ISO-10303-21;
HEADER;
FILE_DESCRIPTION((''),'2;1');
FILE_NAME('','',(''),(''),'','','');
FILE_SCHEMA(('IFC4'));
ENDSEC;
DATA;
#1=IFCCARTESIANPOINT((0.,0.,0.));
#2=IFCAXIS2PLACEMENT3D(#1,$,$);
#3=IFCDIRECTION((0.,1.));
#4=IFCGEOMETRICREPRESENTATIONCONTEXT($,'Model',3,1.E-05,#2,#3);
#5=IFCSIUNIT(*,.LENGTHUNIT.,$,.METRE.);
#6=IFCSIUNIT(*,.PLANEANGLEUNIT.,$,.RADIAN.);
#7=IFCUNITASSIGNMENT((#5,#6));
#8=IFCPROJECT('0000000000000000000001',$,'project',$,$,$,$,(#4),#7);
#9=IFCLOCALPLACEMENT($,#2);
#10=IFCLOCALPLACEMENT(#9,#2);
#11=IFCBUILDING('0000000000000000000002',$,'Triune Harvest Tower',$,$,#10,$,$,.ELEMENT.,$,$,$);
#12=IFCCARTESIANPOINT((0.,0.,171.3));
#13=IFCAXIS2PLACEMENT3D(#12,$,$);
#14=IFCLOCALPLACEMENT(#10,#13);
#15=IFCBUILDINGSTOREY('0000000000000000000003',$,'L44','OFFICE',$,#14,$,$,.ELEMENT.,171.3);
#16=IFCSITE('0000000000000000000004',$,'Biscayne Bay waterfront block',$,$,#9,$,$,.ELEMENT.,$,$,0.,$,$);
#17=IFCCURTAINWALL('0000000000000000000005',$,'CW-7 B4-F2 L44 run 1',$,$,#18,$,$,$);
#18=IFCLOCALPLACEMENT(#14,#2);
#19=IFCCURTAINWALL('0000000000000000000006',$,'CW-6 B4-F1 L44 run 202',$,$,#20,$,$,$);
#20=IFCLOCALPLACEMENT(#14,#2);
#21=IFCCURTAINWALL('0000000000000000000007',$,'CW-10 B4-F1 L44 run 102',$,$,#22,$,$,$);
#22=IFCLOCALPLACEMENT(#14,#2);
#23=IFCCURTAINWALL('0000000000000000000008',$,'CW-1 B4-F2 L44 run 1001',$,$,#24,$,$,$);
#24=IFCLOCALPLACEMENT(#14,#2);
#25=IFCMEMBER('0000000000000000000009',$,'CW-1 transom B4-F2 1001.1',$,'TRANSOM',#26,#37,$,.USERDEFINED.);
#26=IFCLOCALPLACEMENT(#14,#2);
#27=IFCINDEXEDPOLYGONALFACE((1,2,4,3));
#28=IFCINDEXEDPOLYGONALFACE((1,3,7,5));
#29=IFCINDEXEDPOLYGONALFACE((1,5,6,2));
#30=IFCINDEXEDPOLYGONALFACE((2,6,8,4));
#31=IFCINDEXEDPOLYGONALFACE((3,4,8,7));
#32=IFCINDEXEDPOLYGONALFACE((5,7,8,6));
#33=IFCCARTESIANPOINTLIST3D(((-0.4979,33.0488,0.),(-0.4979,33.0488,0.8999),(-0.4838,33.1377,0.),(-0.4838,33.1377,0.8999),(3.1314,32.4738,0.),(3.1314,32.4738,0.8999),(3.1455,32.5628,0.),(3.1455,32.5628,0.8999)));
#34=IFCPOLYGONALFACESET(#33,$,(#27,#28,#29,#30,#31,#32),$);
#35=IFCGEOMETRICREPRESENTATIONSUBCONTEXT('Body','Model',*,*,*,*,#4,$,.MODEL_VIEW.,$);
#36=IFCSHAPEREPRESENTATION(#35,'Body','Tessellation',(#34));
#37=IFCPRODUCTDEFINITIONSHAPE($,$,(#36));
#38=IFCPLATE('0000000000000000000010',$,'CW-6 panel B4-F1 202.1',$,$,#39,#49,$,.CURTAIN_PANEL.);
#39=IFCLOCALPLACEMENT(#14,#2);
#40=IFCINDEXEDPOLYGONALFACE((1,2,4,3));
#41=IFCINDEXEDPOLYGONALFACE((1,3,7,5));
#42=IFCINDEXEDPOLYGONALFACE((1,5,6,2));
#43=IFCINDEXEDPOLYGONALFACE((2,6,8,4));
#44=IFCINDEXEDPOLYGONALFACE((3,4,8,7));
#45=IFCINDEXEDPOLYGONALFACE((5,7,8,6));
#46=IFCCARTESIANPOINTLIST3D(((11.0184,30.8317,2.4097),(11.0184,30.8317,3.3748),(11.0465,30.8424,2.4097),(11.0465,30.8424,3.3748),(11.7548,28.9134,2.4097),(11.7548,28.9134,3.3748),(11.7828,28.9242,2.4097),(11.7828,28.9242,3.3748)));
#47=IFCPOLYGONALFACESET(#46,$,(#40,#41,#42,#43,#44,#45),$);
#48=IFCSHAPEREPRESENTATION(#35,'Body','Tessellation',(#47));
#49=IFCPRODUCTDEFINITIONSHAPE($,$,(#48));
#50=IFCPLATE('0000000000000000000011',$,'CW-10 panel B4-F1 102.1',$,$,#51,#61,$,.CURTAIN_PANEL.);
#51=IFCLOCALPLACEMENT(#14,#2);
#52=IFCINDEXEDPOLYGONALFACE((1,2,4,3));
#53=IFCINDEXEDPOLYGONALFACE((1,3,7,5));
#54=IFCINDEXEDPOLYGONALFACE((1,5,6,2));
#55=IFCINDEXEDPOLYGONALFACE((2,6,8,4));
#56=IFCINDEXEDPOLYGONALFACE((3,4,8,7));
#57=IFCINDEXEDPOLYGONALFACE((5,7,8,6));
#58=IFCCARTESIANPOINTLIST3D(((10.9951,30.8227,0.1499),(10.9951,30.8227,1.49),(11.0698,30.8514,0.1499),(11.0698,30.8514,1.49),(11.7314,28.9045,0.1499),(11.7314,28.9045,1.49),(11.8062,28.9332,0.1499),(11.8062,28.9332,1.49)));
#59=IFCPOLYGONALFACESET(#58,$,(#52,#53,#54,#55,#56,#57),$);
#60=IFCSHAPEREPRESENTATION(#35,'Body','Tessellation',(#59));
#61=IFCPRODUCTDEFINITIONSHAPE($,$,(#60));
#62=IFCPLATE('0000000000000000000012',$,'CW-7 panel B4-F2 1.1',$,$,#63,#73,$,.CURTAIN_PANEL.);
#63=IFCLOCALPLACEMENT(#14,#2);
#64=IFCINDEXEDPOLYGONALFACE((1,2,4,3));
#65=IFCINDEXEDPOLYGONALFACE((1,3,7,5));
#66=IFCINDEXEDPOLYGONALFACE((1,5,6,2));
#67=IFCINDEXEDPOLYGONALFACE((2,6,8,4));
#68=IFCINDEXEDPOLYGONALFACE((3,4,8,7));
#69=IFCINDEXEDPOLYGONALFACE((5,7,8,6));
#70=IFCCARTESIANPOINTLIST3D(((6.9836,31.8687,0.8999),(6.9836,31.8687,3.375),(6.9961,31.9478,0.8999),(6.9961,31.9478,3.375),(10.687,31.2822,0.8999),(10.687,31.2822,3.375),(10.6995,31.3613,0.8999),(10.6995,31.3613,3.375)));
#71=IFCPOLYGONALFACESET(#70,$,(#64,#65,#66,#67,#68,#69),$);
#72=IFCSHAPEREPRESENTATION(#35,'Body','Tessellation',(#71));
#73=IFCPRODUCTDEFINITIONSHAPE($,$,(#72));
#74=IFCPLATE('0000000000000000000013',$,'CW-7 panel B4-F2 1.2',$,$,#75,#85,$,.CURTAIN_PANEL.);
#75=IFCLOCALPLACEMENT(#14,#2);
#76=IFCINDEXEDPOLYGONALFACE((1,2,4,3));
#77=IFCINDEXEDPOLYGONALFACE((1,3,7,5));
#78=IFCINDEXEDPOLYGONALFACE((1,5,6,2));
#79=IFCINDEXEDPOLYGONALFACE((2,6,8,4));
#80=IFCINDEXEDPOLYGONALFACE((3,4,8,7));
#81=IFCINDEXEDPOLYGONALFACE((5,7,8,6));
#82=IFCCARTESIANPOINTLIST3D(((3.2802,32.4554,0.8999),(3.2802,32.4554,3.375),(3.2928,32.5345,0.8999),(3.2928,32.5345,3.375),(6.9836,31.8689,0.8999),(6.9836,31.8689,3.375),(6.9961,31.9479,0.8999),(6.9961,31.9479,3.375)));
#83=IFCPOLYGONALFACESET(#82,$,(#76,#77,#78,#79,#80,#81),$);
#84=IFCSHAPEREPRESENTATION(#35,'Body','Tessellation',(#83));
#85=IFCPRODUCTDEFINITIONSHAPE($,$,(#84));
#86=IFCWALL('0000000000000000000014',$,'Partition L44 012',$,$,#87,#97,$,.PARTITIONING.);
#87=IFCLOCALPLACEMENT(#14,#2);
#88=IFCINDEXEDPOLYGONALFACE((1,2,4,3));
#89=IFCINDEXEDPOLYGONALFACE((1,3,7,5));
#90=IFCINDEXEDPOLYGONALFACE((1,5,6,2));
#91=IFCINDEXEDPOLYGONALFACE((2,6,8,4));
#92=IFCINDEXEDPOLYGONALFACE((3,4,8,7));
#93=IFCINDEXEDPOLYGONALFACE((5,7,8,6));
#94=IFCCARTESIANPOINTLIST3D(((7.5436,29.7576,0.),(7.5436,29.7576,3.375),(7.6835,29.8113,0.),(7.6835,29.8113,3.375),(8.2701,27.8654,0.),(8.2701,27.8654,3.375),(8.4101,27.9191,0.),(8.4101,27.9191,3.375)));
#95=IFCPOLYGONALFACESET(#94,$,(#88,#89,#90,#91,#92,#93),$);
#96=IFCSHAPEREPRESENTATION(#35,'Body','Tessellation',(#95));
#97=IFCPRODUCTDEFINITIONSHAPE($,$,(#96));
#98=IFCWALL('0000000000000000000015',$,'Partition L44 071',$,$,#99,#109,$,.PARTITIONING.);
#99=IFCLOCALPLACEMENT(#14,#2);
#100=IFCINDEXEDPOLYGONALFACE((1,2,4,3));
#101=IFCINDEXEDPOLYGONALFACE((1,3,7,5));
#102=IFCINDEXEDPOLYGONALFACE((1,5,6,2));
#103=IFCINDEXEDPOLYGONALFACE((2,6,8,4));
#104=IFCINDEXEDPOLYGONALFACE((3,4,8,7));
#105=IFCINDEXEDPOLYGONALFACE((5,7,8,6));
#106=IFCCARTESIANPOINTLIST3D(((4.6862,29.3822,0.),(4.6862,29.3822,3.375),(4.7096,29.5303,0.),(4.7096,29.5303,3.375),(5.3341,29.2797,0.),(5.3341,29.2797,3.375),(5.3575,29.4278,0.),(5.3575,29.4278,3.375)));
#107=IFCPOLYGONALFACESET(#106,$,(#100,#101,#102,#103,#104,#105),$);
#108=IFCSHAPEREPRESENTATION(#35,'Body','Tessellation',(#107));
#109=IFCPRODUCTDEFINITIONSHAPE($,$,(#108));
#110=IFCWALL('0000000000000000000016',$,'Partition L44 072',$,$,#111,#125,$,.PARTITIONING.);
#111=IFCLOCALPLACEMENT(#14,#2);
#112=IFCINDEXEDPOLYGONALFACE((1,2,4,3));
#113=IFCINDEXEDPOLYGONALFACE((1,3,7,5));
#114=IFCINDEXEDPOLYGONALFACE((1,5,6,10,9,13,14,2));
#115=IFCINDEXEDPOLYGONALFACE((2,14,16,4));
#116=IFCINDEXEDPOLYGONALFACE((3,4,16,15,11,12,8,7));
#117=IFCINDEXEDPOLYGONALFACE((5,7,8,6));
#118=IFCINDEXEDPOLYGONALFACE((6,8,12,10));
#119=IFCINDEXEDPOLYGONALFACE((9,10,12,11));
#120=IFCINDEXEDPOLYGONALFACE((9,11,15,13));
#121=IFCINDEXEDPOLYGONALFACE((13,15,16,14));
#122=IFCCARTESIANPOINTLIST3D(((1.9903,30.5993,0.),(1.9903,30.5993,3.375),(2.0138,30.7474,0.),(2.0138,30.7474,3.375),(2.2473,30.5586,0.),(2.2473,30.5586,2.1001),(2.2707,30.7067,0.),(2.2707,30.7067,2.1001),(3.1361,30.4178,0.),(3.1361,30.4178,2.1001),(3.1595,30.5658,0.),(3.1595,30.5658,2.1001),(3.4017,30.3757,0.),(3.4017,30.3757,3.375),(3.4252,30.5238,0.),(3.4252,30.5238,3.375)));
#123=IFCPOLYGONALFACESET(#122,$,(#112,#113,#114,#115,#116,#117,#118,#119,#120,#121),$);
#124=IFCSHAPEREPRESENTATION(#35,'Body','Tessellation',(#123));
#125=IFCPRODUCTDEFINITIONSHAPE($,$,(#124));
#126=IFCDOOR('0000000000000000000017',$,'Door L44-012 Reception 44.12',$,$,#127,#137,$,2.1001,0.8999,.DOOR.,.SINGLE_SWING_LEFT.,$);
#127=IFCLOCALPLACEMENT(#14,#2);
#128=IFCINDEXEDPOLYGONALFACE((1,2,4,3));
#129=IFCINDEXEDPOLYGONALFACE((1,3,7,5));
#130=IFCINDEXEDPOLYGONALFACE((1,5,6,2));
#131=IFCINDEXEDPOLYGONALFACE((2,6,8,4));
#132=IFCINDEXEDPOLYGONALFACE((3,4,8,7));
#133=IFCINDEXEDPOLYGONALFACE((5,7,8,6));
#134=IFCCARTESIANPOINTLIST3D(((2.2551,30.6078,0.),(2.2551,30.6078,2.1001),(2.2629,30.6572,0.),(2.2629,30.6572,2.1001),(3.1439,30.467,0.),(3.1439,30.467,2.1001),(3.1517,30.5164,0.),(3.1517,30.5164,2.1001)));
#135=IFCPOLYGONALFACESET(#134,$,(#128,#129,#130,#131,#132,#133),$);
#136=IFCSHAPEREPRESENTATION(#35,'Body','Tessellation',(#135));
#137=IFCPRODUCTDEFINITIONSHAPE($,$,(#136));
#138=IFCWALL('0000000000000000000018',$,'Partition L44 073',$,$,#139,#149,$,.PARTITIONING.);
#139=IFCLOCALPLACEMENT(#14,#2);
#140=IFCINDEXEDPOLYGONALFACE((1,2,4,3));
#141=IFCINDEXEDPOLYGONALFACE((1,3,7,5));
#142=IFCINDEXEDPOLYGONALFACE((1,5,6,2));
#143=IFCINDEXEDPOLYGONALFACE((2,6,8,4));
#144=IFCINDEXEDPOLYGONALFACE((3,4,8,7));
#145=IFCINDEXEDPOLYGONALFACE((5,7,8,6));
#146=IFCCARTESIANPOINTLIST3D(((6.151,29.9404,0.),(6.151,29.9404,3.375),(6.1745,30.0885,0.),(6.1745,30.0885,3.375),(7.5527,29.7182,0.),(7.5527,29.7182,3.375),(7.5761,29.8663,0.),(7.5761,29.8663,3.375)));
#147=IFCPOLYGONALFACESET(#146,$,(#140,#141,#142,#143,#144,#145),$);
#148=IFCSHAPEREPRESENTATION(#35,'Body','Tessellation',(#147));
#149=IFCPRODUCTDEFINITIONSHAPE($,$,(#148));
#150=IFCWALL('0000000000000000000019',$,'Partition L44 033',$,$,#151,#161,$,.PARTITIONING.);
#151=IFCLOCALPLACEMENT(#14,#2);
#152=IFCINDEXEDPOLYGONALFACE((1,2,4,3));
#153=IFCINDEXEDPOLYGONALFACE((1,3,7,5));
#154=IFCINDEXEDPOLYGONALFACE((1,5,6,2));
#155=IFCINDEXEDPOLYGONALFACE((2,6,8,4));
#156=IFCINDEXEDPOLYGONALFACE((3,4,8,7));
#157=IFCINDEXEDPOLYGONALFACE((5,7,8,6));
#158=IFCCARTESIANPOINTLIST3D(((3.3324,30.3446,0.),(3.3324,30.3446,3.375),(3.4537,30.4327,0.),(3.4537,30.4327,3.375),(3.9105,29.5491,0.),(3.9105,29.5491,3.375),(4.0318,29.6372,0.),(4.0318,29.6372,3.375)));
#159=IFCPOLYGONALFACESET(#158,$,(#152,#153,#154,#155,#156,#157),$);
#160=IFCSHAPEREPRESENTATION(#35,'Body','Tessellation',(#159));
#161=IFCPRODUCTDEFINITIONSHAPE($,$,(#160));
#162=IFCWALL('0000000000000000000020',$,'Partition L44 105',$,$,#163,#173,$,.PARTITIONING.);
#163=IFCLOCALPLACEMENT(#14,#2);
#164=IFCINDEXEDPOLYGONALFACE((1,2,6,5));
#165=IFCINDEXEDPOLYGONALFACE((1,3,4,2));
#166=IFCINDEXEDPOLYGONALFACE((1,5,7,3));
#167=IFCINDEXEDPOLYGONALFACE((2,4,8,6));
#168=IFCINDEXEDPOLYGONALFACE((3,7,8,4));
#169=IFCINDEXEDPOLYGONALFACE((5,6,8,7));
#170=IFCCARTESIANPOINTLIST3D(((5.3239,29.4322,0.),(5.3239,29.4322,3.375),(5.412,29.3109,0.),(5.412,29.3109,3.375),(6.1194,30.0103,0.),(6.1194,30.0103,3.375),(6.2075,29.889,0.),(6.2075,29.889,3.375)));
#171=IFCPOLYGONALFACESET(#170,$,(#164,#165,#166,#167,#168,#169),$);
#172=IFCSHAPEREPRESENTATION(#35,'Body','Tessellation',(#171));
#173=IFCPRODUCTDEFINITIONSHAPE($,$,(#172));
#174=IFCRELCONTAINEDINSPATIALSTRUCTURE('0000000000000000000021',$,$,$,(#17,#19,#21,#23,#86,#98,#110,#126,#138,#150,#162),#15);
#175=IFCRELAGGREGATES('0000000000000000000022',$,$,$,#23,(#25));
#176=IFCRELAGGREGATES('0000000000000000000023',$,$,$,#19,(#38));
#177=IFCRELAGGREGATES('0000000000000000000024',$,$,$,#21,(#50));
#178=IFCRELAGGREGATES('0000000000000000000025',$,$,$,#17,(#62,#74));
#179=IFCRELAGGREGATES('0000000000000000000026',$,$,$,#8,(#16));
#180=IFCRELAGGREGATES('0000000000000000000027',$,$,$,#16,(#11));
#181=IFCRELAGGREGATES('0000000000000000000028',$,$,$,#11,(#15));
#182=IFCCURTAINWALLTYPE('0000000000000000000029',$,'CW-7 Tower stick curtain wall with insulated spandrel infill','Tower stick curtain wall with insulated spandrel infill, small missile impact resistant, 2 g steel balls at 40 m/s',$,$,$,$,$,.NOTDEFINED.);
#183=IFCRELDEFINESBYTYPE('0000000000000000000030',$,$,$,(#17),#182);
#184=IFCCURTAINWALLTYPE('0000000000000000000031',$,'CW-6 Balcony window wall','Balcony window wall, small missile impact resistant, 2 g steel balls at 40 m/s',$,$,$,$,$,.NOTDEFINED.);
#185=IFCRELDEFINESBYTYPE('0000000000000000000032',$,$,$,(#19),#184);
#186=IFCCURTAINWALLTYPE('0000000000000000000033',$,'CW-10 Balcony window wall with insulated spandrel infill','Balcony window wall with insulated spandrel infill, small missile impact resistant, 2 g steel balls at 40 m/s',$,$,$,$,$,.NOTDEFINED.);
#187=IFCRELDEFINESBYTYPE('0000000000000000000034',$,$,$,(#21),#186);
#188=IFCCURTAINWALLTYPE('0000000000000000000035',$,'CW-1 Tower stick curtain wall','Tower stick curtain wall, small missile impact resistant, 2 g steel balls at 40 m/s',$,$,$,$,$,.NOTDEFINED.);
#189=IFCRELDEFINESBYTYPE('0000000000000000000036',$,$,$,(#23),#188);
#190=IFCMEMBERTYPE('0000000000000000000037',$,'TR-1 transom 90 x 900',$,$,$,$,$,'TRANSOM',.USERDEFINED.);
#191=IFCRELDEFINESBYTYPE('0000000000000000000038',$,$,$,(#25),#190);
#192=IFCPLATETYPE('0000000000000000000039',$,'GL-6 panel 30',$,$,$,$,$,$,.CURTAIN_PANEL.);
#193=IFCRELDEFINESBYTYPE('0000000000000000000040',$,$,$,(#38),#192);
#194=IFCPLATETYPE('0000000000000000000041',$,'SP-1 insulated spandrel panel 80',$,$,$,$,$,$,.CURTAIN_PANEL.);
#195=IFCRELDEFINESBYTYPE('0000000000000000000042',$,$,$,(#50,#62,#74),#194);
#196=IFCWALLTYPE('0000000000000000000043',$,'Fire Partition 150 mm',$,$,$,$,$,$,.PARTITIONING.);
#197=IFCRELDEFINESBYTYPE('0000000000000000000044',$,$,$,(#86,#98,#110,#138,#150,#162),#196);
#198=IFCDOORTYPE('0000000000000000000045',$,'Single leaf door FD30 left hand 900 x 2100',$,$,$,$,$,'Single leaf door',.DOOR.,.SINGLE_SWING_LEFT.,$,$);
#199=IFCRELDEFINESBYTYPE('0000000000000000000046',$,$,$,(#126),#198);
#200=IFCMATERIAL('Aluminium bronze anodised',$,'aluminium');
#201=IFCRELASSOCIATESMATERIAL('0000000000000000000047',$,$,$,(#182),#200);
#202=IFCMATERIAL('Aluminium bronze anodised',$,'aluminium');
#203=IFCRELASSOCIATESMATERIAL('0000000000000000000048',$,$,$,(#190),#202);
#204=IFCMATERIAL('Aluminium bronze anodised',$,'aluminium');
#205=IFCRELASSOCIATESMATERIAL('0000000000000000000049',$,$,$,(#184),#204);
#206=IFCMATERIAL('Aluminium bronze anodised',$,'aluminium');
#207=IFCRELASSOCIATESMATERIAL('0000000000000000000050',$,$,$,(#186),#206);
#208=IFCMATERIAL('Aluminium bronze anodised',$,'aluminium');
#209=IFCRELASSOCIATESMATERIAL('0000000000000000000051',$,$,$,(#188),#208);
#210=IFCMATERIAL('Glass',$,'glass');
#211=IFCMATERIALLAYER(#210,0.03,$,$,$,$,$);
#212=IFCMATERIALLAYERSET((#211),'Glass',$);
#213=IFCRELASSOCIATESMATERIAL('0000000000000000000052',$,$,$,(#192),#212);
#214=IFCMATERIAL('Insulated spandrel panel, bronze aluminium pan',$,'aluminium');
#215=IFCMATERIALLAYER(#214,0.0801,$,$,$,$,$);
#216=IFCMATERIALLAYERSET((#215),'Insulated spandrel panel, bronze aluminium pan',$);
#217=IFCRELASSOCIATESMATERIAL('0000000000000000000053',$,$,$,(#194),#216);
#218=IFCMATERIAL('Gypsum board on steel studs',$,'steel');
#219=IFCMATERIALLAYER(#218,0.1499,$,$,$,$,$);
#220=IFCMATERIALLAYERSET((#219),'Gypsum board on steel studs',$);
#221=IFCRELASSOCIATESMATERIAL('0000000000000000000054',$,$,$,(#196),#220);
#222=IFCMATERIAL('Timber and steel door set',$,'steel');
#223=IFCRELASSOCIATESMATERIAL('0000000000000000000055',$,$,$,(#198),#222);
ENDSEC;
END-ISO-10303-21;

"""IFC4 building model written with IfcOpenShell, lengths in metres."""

from ifc_helpers import new_model, si_unit, direction, frame, frame_2d, origin, origin_2d, place, context, subcontext, project, spatial, rectangle, extrude, source, transform, mapped, material, layer, layer_set, material_profile, profile_set, type_object, element, fill, aggregate, save


model = new_model("IFC4")

# Units and contexts
model_context = context("Model", 3, precision=1e-05, world=origin(), true_north=direction((0.0, 1.0)))
body_context = subcontext(model_context, "Body", "Model", "MODEL_VIEW")
ifc_project = project(units=[si_unit("LENGTHUNIT", "METRE"), si_unit("PLANEANGLEUNIT", "RADIAN")], contexts=[model_context])

# Site, building, storey
site_placement = place(None, origin())
site = spatial("IfcSite", under=ifc_project, at=site_placement, Name="Biscayne Bay waterfront block", CompositionType="ELEMENT", RefElevation=0.0)
building_placement = place(site_placement, origin())
building = spatial("IfcBuilding", under=site, at=building_placement, Name="Triune Harvest Tower", CompositionType="ELEMENT")
storey_placement = place(building_placement, frame((0.0, 0.0, 171.3)))
storey = spatial("IfcBuildingStorey", under=building, at=storey_placement, Name="L44", Description="OFFICE", CompositionType="ELEMENT", Elevation=171.3)

# Curtain wall
ifc_material_1 = material(Name="Aluminium bronze anodised", Category="aluminium")
curtain_wall_type_1 = type_object("IfcCurtainWallType", Name="CW-7 Tower stick curtain wall with insulated spandrel infill", Description="Tower stick curtain wall with insulated spandrel infill, small missile impact resistant, 2 g steel balls at 40 m/s", PredefinedType="NOTDEFINED", material=ifc_material_1)
curtain_wall_1_placement = place(storey_placement, origin())
curtain_wall_1 = element("IfcCurtainWall", 1, at=curtain_wall_1_placement, inside=storey, type_object=curtain_wall_type_1, Name="CW-7 B4-F2 L44 run 1")
ifc_material_2 = material(Name="Aluminium bronze anodised", Category="aluminium")
ifc_material_profile_1 = material_profile(ifc_material_2, rectangle(XDim=0.0901, YDim=0.8999, at=origin_2d()), Name="TR-1 transom 90 x 900")
ifc_profile_set_1 = profile_set([ifc_material_profile_1], Name="Aluminium bronze anodised")
member_type_1 = type_object("IfcMemberType", Name="TR-1 transom 90 x 900", ElementType="TRANSOM", PredefinedType="USERDEFINED", material=ifc_profile_set_1)

# Curtain walls
ifc_material_3 = material(Name="Aluminium bronze anodised", Category="aluminium")
curtain_wall_type_2 = type_object("IfcCurtainWallType", Name="CW-6 Balcony window wall", Description="Balcony window wall, small missile impact resistant, 2 g steel balls at 40 m/s", PredefinedType="NOTDEFINED", material=ifc_material_3)
curtain_wall_2_placement = place(storey_placement, origin())
curtain_wall_2 = element("IfcCurtainWall", 2, at=curtain_wall_2_placement, inside=storey, type_object=curtain_wall_type_2, Name="CW-6 B4-F1 L44 run 202")
ifc_material_4 = material(Name="Aluminium bronze anodised", Category="aluminium")
curtain_wall_type_3 = type_object("IfcCurtainWallType", Name="CW-10 Balcony window wall with insulated spandrel infill", Description="Balcony window wall with insulated spandrel infill, small missile impact resistant, 2 g steel balls at 40 m/s", PredefinedType="NOTDEFINED", material=ifc_material_4)
curtain_wall_3_placement = place(storey_placement, origin())
curtain_wall_3 = element("IfcCurtainWall", 3, at=curtain_wall_3_placement, inside=storey, type_object=curtain_wall_type_3, Name="CW-10 B4-F1 L44 run 102")

# Curtain wall, member
ifc_material_5 = material(Name="Aluminium bronze anodised", Category="aluminium")
curtain_wall_type_4 = type_object("IfcCurtainWallType", Name="CW-1 Tower stick curtain wall", Description="Tower stick curtain wall, small missile impact resistant, 2 g steel balls at 40 m/s", PredefinedType="NOTDEFINED", material=ifc_material_5)
curtain_wall_4_placement = place(storey_placement, origin())
curtain_wall_4 = element("IfcCurtainWall", 4, at=curtain_wall_4_placement, inside=storey, type_object=curtain_wall_type_4, Name="CW-1 B4-F2 L44 run 1001")
shared_shape_1 = source(origin(), body_context, "Body", "SweptSolid", [
    extrude(rectangle(XDim=0.0901, YDim=0.8999, at=origin_2d()), origin(), (0.0, 0.0, 1.0), 3.6746),
])
member_1_placement = place(storey_placement, frame((3.1384, 32.5183, 0.45), z_axis=(-0.987684, 0.156464, 0.0), x_axis=(-0.156464, -0.987684, 0.0)))
member_1 = element("IfcMember", 5, at=member_1_placement, type_object=member_type_1, Name="CW-1 transom B4-F2 1001.1", ObjectType="TRANSOM", PredefinedType="USERDEFINED", context=body_context, shape_type="MappedRepresentation", body=[
    mapped(shared_shape_1, transform((0.0, 0.0, 0.0), scale=1.0)),
])
aggregate(curtain_wall_4, [member_1])

# Plates
ifc_material_6 = material(Name="Glass", Category="glass")
ifc_layer_1 = layer(ifc_material_6, 0.03)
ifc_layer_set_1 = layer_set([ifc_layer_1], Name="Glass")
plate_type_1 = type_object("IfcPlateType", Name="GL-6 panel 30", PredefinedType="CURTAIN_PANEL", material=ifc_layer_set_1)
plate_1_placement = place(storey_placement, frame((11.4006, 29.8779, 2.4097), z_axis=(0.0, 0.0, 1.0), x_axis=(-0.35838, 0.933576, 0.0)))
plate_1 = element("IfcPlate", 6, at=plate_1_placement, type_object=plate_type_1, Name="CW-6 panel B4-F1 202.1", PredefinedType="CURTAIN_PANEL", context=body_context, shape_type="SweptSolid", body=[
    extrude(rectangle(XDim=2.0547, YDim=0.03, at=origin_2d()), origin(), (0.0, 0.0, 1.0), 0.9651),
])
aggregate(curtain_wall_2, [plate_1])
ifc_material_7 = material(Name="Insulated spandrel panel, bronze aluminium pan", Category="aluminium")
ifc_layer_2 = layer(ifc_material_7, 0.0801)
ifc_layer_set_2 = layer_set([ifc_layer_2], Name="Insulated spandrel panel, bronze aluminium pan")
plate_type_2 = type_object("IfcPlateType", Name="SP-1 insulated spandrel panel 80", PredefinedType="CURTAIN_PANEL", material=ifc_layer_set_2)
plate_2_placement = place(storey_placement, frame((11.4006, 29.8779, 0.1499), z_axis=(0.0, 0.0, 1.0), x_axis=(-0.35838, 0.933576, 0.0)))
plate_2 = element("IfcPlate", 7, at=plate_2_placement, type_object=plate_type_2, Name="CW-10 panel B4-F1 102.1", PredefinedType="CURTAIN_PANEL", context=body_context, shape_type="SweptSolid", body=[
    extrude(rectangle(XDim=2.0547, YDim=0.0801, at=origin_2d()), origin(), (0.0, 0.0, 1.0), 1.3401),
])
aggregate(curtain_wall_3, [plate_2])
shared_shape_2 = source(origin(), body_context, "Body", "SweptSolid", [
    extrude(rectangle(XDim=3.7495, YDim=0.0801, at=origin_2d()), origin(), (0.0, 0.0, 1.0), 2.4751),
])
plate_3_placement = place(storey_placement, frame((8.8416, 31.615, 0.8999), z_axis=(0.0, 0.0, 1.0), x_axis=(-0.98769, 0.156427, 0.0)))
plate_3 = element("IfcPlate", 8, at=plate_3_placement, type_object=plate_type_2, Name="CW-7 panel B4-F2 1.1", PredefinedType="CURTAIN_PANEL", context=body_context, shape_type="MappedRepresentation", body=[
    mapped(shared_shape_2, transform((0.0, 0.0, 0.0), scale=1.0)),
])
plate_4_placement = place(storey_placement, frame((5.1382, 32.2017, 0.8999), z_axis=(0.0, 0.0, 1.0), x_axis=(-0.98769, 0.156427, 0.0)))
plate_4 = element("IfcPlate", 9, at=plate_4_placement, type_object=plate_type_2, Name="CW-7 panel B4-F2 1.2", PredefinedType="CURTAIN_PANEL", context=body_context, shape_type="MappedRepresentation", body=[
    mapped(shared_shape_2, transform((0.0, 0.0, 0.0), scale=1.0)),
])
aggregate(curtain_wall_1, [plate_3, plate_4])

# Walls
ifc_material_8 = material(Name="Gypsum board on steel studs", Category="steel")
ifc_layer_3 = layer(ifc_material_8, 0.1499)
ifc_layer_set_3 = layer_set([ifc_layer_3], Name="Gypsum board on steel studs")
wall_type = type_object("IfcWallType", Name="Fire Partition 150 mm", PredefinedType="PARTITIONING", material=ifc_layer_set_3)
wall_1_placement = place(storey_placement, frame((7.6135, 29.7844, 0.0), z_axis=(0.0, 0.0, 1.0), x_axis=(0.358479, -0.933538, 0.0)))
element("IfcWall", 10, at=wall_1_placement, inside=storey, type_object=wall_type, Name="Partition L44 012", PredefinedType="PARTITIONING", context=body_context, shape_type="SweptSolid", body=[
    extrude(rectangle(XDim=2.0269, YDim=0.1499, at=frame_2d((1.0134, 0.0))), origin(), (0.0, 0.0, 1.0), 3.375),
])
wall_2_placement = place(storey_placement, frame((4.6978, 29.4563, 0.0), z_axis=(0.0, 0.0, 1.0), x_axis=(0.987709, -0.156307, 0.0)))
element("IfcWall", 11, at=wall_2_placement, inside=storey, type_object=wall_type, Name="Partition L44 071", PredefinedType="PARTITIONING", context=body_context, shape_type="SweptSolid", body=[
    extrude(rectangle(XDim=0.656, YDim=0.1499, at=frame_2d((0.3281, 0.0))), origin(), (0.0, 0.0, 1.0), 3.375),
])

# Wall, opening, door
wall_3_placement = place(storey_placement, frame((2.0022, 30.6733, 0.0), z_axis=(0.0, 0.0, 1.0), x_axis=(0.987678, -0.156498, 0.0)))
wall_3 = element("IfcWall", 12, at=wall_3_placement, inside=storey, type_object=wall_type, Name="Partition L44 072", PredefinedType="PARTITIONING", context=body_context, shape_type="SweptSolid", body=[
    extrude(rectangle(XDim=1.429, YDim=0.1499, at=frame_2d((0.7144, 0.0))), origin(), (0.0, 0.0, 1.0), 3.375),
])
opening_placement = place(wall_3_placement, frame((0.26, 0.0, 0.0)))
opening = element("IfcOpeningElement", 13, at=opening_placement, cuts=wall_3, PredefinedType="OPENING", context=body_context, shape_type="SweptSolid", body=[
    extrude(rectangle(XDim=0.8999, YDim=2.1001, at=frame_2d((0.45, 1.05))), frame((0.0, 0.085, 0.0), z_axis=(0.0, -1.0, 0.0), x_axis=(1.0, 0.0, 0.0)), (0.0, 0.0, 1.0), 0.1699),
])
ifc_material_9 = material(Name="Timber and steel door set", Category="steel")
door_type = type_object("IfcDoorType", Name="Single leaf door FD30 left hand 900 x 2100", ElementType="Single leaf door", OperationType="SINGLE_SWING_LEFT", PredefinedType="DOOR", material=ifc_material_9)
door_placement = place(opening_placement, origin())
door = element("IfcDoor", 14, at=door_placement, inside=storey, type_object=door_type, Name="Door L44-012 Reception 44.12", OperationType="SINGLE_SWING_LEFT", OverallHeight=2.1001, OverallWidth=0.8999, PredefinedType="DOOR", context=body_context, shape_type="SweptSolid", body=[
    extrude(rectangle(XDim=0.8999, YDim=2.1001, at=frame_2d((0.45, 1.05))), frame((0.0, 0.0249, 0.0), z_axis=(0.0, -1.0, 0.0), x_axis=(1.0, 0.0, 0.0)), (0.0, 0.0, 1.0), 0.05),
])
fill(opening, door)

# Walls
wall_4_placement = place(storey_placement, frame((6.1628, 30.0144, 0.0), z_axis=(0.0, 0.0, 1.0), x_axis=(0.987669, -0.156554, 0.0)))
element("IfcWall", 15, at=wall_4_placement, inside=storey, type_object=wall_type, Name="Partition L44 073", PredefinedType="PARTITIONING", context=body_context, shape_type="SweptSolid", body=[
    extrude(rectangle(XDim=1.4192, YDim=0.1499, at=frame_2d((0.7095, 0.0))), origin(), (0.0, 0.0, 1.0), 3.375),
])
shared_shape_3 = source(origin(), body_context, "Body", "SweptSolid", [
    extrude(rectangle(XDim=0.9834, YDim=0.1499, at=frame_2d((0.4917, 0.0))), origin(), (0.0, 0.0, 1.0), 3.375),
])
for number, where, z_axis, x_axis, name in (
    (16, (3.3931, 30.3887, 0.0), (0.0, 0.0, 1.0), (0.587817, -0.808994, 0.0), "Partition L44 033"),
    (17, (5.3679, 29.3716, 0.0), (0.0, 0.0, 1.0), (0.808994, 0.587817, 0.0), "Partition L44 105"),
):
    element("IfcWall", number, at=place(storey_placement, frame(where, z_axis=z_axis, x_axis=x_axis)), inside=storey, type_object=wall_type, Name=name, PredefinedType="PARTITIONING", context=body_context, shape_type="MappedRepresentation", body=[
        mapped(shared_shape_3, transform((0.0, 0.0, 0.0), scale=1.0)),
    ])

save(model, "model.ifc")
